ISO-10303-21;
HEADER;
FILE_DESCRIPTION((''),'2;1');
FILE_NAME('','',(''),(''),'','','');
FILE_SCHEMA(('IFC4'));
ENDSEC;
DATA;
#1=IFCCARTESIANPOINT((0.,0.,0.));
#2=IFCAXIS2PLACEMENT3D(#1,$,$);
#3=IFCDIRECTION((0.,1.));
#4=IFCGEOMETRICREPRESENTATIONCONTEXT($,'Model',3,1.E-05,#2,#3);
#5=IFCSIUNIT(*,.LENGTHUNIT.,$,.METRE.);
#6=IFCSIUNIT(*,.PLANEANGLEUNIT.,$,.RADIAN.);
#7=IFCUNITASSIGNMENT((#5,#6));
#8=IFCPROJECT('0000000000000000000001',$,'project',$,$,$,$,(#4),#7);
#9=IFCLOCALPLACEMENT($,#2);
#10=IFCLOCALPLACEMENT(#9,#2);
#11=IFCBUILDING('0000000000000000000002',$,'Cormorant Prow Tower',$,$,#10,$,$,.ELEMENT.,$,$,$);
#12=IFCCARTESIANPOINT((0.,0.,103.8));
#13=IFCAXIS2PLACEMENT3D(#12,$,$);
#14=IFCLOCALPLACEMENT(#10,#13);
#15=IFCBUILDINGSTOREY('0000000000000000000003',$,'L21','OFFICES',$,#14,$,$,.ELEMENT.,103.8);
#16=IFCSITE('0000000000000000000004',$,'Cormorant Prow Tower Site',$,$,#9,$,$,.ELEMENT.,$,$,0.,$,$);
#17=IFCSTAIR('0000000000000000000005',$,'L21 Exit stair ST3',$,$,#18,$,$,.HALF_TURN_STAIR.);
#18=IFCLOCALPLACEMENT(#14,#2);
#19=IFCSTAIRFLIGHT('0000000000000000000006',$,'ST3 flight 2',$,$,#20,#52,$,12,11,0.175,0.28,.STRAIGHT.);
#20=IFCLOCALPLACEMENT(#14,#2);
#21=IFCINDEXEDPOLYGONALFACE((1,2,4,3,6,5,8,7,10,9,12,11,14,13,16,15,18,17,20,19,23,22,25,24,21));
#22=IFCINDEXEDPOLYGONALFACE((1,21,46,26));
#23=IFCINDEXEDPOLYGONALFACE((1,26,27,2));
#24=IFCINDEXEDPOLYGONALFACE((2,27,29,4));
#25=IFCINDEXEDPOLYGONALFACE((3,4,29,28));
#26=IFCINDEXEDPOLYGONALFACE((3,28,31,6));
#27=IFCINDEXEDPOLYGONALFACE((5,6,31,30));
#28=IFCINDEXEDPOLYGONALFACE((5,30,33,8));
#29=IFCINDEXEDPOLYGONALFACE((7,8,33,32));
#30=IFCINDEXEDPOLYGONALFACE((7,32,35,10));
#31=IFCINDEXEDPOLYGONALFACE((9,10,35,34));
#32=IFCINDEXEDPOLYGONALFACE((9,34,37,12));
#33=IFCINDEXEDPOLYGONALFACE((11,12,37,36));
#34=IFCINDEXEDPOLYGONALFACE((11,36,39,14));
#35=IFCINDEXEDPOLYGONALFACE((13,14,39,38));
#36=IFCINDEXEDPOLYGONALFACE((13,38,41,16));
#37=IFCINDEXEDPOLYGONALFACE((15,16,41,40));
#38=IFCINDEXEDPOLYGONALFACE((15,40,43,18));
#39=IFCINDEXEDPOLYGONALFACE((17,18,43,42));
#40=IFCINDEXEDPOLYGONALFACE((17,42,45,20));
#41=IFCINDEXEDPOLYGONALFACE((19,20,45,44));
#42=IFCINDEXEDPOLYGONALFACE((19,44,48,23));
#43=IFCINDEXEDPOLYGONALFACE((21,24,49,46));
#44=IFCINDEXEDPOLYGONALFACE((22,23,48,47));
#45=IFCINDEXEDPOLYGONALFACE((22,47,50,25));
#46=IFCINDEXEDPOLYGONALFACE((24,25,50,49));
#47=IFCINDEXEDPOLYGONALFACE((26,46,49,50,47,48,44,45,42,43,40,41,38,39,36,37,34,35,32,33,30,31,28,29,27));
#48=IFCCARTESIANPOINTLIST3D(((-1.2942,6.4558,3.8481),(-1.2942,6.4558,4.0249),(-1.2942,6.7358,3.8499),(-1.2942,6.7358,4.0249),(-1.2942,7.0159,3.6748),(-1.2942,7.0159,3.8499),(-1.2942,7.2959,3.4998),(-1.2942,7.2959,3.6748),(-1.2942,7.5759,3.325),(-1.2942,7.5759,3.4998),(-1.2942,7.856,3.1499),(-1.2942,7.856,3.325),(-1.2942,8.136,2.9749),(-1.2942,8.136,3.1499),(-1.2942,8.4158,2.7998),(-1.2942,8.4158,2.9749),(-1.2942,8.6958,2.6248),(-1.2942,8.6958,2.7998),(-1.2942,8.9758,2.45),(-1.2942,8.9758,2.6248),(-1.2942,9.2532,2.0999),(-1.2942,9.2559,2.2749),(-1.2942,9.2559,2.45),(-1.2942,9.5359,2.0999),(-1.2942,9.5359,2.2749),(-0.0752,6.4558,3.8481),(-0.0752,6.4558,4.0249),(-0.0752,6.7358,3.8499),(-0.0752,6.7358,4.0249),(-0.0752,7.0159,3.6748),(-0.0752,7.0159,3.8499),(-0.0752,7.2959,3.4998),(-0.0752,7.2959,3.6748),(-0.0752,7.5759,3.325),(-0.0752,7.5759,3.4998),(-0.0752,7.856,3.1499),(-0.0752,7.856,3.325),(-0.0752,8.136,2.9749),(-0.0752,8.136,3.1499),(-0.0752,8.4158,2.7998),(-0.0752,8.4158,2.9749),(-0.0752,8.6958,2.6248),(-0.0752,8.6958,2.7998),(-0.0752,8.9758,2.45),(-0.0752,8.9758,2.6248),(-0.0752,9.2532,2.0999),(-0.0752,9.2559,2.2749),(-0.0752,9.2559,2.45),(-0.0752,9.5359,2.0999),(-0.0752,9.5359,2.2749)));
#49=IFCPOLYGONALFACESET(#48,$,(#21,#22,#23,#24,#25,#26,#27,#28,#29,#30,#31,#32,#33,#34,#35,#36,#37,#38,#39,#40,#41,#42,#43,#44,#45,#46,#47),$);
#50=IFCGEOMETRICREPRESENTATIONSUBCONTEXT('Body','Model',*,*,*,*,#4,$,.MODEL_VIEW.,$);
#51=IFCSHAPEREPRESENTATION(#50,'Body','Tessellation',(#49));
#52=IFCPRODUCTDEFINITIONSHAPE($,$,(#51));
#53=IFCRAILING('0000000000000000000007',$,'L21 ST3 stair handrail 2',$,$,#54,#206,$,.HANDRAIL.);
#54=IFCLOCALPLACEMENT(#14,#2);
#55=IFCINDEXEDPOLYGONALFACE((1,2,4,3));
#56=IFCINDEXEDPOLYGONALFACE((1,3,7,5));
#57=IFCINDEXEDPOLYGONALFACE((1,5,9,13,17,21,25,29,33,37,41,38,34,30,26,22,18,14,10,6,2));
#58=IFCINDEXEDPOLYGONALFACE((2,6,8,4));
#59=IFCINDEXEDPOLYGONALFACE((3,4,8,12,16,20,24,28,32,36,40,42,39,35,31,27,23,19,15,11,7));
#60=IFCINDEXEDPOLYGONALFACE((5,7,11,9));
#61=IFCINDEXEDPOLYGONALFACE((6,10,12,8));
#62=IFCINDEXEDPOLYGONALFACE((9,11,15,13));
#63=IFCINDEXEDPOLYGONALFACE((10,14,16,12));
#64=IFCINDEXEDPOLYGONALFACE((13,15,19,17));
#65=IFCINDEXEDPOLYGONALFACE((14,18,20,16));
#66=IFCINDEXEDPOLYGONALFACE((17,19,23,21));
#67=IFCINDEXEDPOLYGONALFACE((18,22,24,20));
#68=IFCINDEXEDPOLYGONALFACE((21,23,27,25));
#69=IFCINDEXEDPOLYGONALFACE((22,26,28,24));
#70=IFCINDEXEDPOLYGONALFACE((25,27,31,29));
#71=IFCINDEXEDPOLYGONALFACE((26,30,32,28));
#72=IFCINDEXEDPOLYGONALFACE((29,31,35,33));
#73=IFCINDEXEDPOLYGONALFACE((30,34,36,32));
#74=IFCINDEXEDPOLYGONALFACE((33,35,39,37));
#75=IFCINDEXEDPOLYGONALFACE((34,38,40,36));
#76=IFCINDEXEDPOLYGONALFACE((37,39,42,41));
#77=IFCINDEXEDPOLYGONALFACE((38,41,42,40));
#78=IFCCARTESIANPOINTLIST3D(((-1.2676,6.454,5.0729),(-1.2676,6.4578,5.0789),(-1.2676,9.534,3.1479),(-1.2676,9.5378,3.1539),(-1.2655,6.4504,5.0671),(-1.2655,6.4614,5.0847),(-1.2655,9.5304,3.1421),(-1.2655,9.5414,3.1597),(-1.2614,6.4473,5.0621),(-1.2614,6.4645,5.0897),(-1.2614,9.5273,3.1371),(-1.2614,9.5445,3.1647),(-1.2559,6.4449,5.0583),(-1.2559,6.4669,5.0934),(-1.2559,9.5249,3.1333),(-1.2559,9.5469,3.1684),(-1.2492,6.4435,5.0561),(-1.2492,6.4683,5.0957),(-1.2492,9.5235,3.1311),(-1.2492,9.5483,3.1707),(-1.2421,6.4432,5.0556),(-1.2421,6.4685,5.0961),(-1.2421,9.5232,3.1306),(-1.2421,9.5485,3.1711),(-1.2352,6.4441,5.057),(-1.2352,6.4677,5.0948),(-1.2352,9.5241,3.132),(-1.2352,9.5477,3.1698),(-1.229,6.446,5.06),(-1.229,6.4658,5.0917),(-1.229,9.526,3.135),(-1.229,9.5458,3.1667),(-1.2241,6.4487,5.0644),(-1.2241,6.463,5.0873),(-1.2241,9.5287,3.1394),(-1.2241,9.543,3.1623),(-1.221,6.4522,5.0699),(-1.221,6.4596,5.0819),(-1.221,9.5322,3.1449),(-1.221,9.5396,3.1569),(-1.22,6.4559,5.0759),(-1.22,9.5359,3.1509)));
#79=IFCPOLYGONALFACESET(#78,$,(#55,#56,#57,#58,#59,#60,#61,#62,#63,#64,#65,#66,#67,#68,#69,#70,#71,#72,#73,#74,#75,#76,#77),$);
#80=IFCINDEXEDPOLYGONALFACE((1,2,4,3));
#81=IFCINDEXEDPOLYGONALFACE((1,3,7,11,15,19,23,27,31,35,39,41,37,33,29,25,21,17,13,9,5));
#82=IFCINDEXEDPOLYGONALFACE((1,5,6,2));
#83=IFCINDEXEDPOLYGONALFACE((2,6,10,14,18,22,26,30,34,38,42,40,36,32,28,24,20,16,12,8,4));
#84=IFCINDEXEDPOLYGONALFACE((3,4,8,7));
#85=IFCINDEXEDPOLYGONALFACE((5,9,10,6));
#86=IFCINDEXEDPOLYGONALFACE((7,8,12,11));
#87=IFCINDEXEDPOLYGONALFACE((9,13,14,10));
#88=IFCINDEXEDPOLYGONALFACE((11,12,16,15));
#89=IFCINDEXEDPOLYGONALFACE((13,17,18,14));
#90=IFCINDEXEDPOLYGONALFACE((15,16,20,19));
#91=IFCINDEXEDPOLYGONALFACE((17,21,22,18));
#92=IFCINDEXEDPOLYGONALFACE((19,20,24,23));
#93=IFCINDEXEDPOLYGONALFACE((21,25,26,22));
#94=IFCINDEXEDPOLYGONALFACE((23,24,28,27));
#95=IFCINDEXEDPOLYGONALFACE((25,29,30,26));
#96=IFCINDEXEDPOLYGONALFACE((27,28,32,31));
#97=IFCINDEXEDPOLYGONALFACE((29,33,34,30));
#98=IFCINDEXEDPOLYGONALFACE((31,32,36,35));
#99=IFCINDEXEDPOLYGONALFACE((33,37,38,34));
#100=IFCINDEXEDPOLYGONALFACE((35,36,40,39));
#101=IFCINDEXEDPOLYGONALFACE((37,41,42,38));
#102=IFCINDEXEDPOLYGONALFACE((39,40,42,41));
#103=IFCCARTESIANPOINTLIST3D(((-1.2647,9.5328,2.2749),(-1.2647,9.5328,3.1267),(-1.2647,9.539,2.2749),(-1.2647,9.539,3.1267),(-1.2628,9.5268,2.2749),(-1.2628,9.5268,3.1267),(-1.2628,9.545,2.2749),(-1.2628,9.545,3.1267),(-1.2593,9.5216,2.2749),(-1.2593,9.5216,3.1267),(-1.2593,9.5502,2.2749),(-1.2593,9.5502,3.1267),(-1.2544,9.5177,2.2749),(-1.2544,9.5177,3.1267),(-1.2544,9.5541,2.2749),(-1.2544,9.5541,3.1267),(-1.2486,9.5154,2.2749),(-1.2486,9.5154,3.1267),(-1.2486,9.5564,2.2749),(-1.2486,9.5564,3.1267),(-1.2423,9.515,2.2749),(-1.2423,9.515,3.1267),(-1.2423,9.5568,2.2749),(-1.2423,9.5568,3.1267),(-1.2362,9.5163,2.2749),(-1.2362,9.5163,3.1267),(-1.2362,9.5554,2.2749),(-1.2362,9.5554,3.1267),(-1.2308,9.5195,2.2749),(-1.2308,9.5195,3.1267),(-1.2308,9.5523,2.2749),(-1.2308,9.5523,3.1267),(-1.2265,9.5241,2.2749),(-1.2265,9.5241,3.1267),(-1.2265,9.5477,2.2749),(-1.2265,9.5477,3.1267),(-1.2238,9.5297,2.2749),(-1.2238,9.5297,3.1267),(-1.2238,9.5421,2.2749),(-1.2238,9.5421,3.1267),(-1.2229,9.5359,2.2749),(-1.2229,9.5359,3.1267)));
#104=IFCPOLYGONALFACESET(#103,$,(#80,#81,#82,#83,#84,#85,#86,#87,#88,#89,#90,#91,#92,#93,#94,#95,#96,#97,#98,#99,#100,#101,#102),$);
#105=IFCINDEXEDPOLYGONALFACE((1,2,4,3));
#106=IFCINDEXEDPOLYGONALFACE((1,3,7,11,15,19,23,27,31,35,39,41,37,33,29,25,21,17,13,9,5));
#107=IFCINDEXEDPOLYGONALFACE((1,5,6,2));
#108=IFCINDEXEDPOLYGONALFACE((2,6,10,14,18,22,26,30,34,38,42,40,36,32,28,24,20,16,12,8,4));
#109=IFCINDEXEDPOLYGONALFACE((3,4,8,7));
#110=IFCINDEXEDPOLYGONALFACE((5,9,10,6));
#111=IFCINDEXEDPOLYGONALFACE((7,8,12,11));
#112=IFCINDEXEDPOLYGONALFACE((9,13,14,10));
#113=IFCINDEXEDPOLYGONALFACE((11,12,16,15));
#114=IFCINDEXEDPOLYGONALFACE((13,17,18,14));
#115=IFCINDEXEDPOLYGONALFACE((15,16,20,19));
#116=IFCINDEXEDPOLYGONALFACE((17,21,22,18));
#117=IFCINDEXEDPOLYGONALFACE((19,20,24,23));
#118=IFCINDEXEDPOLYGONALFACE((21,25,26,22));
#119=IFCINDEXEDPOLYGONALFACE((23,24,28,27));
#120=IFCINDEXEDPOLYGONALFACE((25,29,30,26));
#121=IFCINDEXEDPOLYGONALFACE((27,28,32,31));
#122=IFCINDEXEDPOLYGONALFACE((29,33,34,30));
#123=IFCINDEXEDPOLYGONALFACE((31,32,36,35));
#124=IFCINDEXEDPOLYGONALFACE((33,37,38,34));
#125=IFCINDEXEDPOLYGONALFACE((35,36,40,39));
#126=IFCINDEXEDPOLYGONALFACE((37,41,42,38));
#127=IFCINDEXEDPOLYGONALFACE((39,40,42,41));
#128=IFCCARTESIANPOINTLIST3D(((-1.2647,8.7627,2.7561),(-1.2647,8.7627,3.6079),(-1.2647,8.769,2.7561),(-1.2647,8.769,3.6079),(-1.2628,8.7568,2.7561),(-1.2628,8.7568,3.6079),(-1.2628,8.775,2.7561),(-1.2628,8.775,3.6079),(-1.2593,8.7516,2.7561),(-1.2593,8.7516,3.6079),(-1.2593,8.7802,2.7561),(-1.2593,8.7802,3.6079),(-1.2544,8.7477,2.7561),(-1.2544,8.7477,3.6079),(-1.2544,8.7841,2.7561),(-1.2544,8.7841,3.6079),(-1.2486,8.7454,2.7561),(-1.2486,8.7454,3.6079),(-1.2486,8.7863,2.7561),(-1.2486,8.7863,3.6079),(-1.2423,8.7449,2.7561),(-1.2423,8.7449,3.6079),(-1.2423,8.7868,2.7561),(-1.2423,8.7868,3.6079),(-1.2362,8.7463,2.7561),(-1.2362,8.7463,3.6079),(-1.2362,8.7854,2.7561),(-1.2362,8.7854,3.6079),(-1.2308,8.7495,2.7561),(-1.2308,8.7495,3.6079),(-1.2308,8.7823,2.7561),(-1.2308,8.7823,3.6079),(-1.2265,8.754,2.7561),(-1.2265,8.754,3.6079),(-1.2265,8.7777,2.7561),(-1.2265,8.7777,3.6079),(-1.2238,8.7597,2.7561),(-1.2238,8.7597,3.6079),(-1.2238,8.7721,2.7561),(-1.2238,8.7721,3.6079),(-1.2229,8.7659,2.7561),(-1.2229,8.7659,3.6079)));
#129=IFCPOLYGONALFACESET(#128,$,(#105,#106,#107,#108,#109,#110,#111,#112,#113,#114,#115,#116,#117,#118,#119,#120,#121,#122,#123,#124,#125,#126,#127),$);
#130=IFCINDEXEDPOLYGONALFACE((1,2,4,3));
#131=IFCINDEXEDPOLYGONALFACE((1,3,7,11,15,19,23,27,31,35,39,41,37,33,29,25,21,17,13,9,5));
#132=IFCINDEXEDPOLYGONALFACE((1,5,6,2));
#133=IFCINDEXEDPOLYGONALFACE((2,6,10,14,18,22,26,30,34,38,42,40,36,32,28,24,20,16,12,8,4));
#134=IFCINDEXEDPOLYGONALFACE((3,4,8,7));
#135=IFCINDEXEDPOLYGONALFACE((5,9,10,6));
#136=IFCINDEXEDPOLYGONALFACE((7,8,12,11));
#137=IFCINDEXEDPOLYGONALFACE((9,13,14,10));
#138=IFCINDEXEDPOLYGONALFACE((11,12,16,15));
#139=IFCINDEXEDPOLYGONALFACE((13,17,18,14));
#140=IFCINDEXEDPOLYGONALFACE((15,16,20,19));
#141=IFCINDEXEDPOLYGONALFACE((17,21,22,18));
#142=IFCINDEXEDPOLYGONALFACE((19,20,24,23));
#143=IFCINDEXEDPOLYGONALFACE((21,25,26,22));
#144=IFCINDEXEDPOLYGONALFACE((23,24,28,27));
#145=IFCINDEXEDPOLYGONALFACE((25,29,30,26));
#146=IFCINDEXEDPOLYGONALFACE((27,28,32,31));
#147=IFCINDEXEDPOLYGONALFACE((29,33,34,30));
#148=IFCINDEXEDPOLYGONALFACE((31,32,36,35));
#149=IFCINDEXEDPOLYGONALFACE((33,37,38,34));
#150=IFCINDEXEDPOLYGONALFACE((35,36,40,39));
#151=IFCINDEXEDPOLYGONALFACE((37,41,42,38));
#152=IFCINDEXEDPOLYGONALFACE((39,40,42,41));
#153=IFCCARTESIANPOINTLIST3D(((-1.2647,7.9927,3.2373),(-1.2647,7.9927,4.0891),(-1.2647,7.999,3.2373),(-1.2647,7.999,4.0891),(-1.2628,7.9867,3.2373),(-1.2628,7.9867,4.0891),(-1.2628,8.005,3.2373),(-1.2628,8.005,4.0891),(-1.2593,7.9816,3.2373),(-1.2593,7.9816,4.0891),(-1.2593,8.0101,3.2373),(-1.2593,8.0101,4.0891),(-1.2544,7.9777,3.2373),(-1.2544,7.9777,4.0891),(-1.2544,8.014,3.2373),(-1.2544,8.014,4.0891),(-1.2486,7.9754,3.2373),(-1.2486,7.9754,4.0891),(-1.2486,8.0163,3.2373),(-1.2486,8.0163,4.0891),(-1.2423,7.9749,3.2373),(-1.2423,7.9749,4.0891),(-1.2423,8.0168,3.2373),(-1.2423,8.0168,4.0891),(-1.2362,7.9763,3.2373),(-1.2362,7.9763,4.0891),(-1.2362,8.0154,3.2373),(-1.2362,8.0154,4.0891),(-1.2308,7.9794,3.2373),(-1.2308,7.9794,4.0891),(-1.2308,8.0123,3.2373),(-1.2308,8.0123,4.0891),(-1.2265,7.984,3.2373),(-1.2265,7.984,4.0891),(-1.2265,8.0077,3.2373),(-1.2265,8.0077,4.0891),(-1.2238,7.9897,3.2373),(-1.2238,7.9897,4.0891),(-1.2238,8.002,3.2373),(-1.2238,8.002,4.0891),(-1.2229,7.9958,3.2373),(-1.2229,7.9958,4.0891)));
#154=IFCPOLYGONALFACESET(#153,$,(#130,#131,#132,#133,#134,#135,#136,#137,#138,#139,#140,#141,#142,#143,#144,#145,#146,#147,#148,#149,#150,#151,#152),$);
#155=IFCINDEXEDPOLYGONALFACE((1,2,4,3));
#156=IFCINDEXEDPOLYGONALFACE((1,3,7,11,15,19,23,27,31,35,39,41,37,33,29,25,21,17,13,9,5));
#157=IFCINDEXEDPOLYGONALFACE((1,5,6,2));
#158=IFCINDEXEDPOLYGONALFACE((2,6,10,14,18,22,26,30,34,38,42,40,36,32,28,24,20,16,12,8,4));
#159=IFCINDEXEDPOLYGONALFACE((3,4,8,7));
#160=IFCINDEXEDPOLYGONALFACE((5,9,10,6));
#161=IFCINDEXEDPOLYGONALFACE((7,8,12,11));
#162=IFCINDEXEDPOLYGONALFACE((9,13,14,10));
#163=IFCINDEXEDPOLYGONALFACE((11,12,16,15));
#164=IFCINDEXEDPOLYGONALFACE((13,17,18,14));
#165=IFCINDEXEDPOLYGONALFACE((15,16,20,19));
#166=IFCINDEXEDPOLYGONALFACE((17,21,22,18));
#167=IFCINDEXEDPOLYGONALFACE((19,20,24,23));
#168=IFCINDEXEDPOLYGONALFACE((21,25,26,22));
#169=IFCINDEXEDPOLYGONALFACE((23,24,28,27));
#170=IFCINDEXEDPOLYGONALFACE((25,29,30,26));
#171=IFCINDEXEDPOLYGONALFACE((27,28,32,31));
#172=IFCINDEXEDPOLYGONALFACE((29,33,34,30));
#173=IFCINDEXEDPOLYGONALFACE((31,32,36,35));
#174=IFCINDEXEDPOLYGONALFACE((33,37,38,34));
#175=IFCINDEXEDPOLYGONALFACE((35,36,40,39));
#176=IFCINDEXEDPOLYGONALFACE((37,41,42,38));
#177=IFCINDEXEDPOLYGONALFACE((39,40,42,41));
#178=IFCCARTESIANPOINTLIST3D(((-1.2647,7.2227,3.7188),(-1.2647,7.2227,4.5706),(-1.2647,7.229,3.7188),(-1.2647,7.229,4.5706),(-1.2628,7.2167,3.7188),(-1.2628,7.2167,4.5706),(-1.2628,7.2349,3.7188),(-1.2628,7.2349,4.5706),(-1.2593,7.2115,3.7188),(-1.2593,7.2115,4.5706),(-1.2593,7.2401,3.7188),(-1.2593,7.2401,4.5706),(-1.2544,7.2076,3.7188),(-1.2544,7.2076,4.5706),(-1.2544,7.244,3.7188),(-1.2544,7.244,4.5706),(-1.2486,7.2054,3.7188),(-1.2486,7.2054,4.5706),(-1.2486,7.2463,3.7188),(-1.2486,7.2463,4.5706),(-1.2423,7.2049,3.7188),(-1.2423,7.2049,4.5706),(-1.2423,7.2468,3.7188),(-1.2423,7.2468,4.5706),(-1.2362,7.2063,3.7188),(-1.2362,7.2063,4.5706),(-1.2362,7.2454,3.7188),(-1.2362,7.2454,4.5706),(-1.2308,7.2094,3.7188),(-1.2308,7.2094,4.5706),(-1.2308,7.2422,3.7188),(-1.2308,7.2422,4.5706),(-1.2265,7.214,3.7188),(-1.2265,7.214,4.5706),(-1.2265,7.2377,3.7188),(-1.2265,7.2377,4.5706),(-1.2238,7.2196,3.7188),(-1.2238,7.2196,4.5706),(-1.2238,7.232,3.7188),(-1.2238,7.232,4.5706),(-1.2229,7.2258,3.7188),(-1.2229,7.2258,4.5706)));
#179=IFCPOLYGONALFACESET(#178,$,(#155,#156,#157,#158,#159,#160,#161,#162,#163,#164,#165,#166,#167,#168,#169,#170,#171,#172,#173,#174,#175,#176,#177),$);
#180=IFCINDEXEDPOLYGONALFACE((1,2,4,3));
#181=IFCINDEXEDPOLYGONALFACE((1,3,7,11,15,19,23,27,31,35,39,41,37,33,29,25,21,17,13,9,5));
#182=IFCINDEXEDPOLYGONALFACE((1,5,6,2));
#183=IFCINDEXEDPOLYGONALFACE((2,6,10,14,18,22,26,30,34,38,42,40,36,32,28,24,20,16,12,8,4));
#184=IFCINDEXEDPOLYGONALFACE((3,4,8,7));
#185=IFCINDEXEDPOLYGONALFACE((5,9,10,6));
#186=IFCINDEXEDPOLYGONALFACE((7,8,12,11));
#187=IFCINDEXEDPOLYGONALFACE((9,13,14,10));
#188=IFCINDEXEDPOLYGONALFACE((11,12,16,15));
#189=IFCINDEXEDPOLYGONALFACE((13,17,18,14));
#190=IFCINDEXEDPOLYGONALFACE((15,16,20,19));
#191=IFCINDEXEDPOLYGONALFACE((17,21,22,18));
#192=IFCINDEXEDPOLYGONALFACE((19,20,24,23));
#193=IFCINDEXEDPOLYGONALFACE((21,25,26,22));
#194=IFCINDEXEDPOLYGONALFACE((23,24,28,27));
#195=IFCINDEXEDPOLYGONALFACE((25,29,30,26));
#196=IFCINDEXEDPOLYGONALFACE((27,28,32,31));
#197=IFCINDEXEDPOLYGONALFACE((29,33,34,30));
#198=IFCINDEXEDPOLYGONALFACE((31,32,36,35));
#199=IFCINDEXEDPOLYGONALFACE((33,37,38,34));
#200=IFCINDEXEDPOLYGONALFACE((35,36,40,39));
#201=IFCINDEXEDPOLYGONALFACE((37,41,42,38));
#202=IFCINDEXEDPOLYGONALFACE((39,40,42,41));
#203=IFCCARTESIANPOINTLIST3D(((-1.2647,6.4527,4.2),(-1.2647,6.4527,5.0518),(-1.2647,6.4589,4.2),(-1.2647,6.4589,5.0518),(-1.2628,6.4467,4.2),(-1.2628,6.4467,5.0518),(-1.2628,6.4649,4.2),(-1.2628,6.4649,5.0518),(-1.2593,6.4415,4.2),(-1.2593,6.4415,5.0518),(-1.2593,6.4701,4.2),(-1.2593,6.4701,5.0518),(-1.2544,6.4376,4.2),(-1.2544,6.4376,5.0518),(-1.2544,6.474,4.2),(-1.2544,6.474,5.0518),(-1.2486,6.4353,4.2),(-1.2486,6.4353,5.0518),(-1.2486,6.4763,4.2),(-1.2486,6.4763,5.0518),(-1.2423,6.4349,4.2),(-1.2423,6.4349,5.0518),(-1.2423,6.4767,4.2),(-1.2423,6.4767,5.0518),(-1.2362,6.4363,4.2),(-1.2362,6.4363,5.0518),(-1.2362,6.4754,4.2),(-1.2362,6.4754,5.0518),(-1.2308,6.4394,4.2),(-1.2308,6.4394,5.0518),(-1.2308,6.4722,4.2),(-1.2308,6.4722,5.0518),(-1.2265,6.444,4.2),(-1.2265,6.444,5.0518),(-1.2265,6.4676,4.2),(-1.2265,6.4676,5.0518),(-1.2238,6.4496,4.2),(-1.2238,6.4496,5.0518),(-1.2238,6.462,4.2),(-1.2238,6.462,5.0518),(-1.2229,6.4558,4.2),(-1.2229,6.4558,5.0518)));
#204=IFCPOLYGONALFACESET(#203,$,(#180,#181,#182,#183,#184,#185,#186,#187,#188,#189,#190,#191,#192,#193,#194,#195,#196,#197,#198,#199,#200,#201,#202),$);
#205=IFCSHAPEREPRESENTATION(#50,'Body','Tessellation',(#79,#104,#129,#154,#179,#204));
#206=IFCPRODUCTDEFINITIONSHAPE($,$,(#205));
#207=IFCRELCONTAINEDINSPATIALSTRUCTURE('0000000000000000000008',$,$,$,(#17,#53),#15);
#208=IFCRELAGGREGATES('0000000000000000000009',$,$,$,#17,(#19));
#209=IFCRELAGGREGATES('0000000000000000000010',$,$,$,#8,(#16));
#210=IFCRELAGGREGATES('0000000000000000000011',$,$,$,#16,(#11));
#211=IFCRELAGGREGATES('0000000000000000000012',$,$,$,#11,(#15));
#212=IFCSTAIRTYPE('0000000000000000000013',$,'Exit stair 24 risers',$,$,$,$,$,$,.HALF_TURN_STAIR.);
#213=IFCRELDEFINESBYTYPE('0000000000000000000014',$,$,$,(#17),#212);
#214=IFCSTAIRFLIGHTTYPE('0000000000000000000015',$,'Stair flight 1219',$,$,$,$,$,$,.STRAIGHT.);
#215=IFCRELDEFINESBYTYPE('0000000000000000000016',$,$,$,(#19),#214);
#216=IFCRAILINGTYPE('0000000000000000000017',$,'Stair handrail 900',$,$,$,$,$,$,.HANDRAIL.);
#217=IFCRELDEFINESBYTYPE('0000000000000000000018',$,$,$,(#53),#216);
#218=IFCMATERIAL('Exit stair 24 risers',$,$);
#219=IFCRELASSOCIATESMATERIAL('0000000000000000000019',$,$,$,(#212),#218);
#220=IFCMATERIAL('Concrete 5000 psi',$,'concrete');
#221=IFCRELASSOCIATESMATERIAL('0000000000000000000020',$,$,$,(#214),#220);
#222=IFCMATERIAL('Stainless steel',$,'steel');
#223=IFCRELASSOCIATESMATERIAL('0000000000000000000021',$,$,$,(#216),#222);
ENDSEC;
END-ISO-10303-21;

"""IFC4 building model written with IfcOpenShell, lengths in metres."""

from ifc_helpers import new_model, si_unit, direction, frame, origin, origin_2d, place, context, subcontext, project, spatial, polyline, circle, outline, extrude, material, type_object, element, aggregate, save


model = new_model("IFC4")

# Units and contexts
model_context = context("Model", 3, precision=1e-05, world=origin(), true_north=direction((0.0, 1.0)))
body_context = subcontext(model_context, "Body", "Model", "MODEL_VIEW")
ifc_project = project(units=[si_unit("LENGTHUNIT", "METRE"), si_unit("PLANEANGLEUNIT", "RADIAN")], contexts=[model_context])

# Site, building, storey
site_placement = place(None, origin())
site = spatial("IfcSite", under=ifc_project, at=site_placement, Name="Cormorant Prow Tower Site", CompositionType="ELEMENT", RefElevation=0.0)
building_placement = place(site_placement, origin())
building = spatial("IfcBuilding", under=site, at=building_placement, Name="Cormorant Prow Tower", CompositionType="ELEMENT")
storey_placement = place(building_placement, frame((0.0, 0.0, 103.8)))
storey = spatial("IfcBuildingStorey", under=building, at=storey_placement, Name="L21", Description="OFFICES", CompositionType="ELEMENT", Elevation=103.8)

# Stair, stair flight
ifc_material_1 = material(Name="Exit stair 24 risers")
stair_type = type_object("IfcStairType", Name="Exit stair 24 risers", PredefinedType="HALF_TURN_STAIR", material=ifc_material_1)
stair_placement = place(storey_placement, origin())
stair = element("IfcStair", 1, at=stair_placement, inside=storey, type_object=stair_type, Name="L21 Exit stair ST3", PredefinedType="HALF_TURN_STAIR")
ifc_material_2 = material(Name="Concrete 5000 psi", Category="concrete")
stair_flight_type = type_object("IfcStairFlightType", Name="Stair flight 1219", PredefinedType="STRAIGHT", material=ifc_material_2)
stair_flight_placement = place(storey_placement, frame((-0.6846, 9.5359, 2.0999), z_axis=(0.0, 0.0, 1.0), x_axis=(0.0, -1.0, 0.0)))
stair_flight = element("IfcStairFlight", 2, at=stair_flight_placement, type_object=stair_flight_type, Name="ST3 flight 2", NumberOfRisers=12, NumberOfTreads=11, PredefinedType="STRAIGHT", RiserHeight=0.175, TreadLength=0.28, context=body_context, shape_type="SweptSolid", body=[
    extrude(outline(polyline([(0.0, 0.0), (0.0, 0.175), (0.28, 0.175), (0.28, 0.3501), (0.5601, 0.3501), (0.5601, 0.5249), (0.8401, 0.5249), (0.8401, 0.7), (1.1201, 0.7), (1.1201, 0.875), (1.3999, 0.875), (1.3999, 1.05), (1.6799, 1.05), (1.6799, 1.2251), (1.96, 1.2251), (1.96, 1.3999), (2.24, 1.3999), (2.24, 1.575), (2.52, 1.575), (2.52, 1.75), (2.8, 1.75), (2.8, 1.925), (3.0801, 1.925), (3.0801, 2.1001), (3.0801, 1.7483), (0.2827, 0.0), (0.0, 0.0)])), frame((0.0, 0.6094, 0.0), z_axis=(0.0, -1.0, 0.0), x_axis=(1.0, 0.0, 0.0)), (0.0, 0.0, 1.0), 1.219),
])
aggregate(stair, [stair_flight])

# Railing
ifc_material_3 = material(Name="Stainless steel", Category="steel")
railing_type = type_object("IfcRailingType", Name="Stair handrail 900", PredefinedType="HANDRAIL", material=ifc_material_3)
railing_placement = place(storey_placement, frame((-1.2439, 9.5359, 2.2749)))
element("IfcRailing", 3, at=railing_placement, inside=storey, type_object=railing_type, Name="L21 ST3 stair handrail 2", PredefinedType="HANDRAIL", context=body_context, shape_type="SweptSolid", body=[
    extrude(circle(Radius=0.0239, at=origin_2d()), frame((0.0, 0.0, 0.876), z_axis=(0.0, -0.847998, 0.529999), x_axis=(1.0, 0.0, 0.0)), (0.0, 0.0, 1.0), 3.6321),
    extrude(circle(Radius=0.021, at=origin_2d()), origin(), (0.0, 0.0, 1.0), 0.8518),
    extrude(circle(Radius=0.021, at=origin_2d()), frame((0.0, -0.77, 0.4812)), (0.0, 0.0, 1.0), 0.8518),
    extrude(circle(Radius=0.021, at=origin_2d()), frame((0.0, -1.54, 0.9624)), (0.0, 0.0, 1.0), 0.8518),
    extrude(circle(Radius=0.021, at=origin_2d()), frame((0.0, -2.3101, 1.4438)), (0.0, 0.0, 1.0), 0.8518),
    extrude(circle(Radius=0.021, at=origin_2d()), frame((0.0, -3.0801, 1.925)), (0.0, 0.0, 1.0), 0.8518),
])

save(model, "model.ifc")
